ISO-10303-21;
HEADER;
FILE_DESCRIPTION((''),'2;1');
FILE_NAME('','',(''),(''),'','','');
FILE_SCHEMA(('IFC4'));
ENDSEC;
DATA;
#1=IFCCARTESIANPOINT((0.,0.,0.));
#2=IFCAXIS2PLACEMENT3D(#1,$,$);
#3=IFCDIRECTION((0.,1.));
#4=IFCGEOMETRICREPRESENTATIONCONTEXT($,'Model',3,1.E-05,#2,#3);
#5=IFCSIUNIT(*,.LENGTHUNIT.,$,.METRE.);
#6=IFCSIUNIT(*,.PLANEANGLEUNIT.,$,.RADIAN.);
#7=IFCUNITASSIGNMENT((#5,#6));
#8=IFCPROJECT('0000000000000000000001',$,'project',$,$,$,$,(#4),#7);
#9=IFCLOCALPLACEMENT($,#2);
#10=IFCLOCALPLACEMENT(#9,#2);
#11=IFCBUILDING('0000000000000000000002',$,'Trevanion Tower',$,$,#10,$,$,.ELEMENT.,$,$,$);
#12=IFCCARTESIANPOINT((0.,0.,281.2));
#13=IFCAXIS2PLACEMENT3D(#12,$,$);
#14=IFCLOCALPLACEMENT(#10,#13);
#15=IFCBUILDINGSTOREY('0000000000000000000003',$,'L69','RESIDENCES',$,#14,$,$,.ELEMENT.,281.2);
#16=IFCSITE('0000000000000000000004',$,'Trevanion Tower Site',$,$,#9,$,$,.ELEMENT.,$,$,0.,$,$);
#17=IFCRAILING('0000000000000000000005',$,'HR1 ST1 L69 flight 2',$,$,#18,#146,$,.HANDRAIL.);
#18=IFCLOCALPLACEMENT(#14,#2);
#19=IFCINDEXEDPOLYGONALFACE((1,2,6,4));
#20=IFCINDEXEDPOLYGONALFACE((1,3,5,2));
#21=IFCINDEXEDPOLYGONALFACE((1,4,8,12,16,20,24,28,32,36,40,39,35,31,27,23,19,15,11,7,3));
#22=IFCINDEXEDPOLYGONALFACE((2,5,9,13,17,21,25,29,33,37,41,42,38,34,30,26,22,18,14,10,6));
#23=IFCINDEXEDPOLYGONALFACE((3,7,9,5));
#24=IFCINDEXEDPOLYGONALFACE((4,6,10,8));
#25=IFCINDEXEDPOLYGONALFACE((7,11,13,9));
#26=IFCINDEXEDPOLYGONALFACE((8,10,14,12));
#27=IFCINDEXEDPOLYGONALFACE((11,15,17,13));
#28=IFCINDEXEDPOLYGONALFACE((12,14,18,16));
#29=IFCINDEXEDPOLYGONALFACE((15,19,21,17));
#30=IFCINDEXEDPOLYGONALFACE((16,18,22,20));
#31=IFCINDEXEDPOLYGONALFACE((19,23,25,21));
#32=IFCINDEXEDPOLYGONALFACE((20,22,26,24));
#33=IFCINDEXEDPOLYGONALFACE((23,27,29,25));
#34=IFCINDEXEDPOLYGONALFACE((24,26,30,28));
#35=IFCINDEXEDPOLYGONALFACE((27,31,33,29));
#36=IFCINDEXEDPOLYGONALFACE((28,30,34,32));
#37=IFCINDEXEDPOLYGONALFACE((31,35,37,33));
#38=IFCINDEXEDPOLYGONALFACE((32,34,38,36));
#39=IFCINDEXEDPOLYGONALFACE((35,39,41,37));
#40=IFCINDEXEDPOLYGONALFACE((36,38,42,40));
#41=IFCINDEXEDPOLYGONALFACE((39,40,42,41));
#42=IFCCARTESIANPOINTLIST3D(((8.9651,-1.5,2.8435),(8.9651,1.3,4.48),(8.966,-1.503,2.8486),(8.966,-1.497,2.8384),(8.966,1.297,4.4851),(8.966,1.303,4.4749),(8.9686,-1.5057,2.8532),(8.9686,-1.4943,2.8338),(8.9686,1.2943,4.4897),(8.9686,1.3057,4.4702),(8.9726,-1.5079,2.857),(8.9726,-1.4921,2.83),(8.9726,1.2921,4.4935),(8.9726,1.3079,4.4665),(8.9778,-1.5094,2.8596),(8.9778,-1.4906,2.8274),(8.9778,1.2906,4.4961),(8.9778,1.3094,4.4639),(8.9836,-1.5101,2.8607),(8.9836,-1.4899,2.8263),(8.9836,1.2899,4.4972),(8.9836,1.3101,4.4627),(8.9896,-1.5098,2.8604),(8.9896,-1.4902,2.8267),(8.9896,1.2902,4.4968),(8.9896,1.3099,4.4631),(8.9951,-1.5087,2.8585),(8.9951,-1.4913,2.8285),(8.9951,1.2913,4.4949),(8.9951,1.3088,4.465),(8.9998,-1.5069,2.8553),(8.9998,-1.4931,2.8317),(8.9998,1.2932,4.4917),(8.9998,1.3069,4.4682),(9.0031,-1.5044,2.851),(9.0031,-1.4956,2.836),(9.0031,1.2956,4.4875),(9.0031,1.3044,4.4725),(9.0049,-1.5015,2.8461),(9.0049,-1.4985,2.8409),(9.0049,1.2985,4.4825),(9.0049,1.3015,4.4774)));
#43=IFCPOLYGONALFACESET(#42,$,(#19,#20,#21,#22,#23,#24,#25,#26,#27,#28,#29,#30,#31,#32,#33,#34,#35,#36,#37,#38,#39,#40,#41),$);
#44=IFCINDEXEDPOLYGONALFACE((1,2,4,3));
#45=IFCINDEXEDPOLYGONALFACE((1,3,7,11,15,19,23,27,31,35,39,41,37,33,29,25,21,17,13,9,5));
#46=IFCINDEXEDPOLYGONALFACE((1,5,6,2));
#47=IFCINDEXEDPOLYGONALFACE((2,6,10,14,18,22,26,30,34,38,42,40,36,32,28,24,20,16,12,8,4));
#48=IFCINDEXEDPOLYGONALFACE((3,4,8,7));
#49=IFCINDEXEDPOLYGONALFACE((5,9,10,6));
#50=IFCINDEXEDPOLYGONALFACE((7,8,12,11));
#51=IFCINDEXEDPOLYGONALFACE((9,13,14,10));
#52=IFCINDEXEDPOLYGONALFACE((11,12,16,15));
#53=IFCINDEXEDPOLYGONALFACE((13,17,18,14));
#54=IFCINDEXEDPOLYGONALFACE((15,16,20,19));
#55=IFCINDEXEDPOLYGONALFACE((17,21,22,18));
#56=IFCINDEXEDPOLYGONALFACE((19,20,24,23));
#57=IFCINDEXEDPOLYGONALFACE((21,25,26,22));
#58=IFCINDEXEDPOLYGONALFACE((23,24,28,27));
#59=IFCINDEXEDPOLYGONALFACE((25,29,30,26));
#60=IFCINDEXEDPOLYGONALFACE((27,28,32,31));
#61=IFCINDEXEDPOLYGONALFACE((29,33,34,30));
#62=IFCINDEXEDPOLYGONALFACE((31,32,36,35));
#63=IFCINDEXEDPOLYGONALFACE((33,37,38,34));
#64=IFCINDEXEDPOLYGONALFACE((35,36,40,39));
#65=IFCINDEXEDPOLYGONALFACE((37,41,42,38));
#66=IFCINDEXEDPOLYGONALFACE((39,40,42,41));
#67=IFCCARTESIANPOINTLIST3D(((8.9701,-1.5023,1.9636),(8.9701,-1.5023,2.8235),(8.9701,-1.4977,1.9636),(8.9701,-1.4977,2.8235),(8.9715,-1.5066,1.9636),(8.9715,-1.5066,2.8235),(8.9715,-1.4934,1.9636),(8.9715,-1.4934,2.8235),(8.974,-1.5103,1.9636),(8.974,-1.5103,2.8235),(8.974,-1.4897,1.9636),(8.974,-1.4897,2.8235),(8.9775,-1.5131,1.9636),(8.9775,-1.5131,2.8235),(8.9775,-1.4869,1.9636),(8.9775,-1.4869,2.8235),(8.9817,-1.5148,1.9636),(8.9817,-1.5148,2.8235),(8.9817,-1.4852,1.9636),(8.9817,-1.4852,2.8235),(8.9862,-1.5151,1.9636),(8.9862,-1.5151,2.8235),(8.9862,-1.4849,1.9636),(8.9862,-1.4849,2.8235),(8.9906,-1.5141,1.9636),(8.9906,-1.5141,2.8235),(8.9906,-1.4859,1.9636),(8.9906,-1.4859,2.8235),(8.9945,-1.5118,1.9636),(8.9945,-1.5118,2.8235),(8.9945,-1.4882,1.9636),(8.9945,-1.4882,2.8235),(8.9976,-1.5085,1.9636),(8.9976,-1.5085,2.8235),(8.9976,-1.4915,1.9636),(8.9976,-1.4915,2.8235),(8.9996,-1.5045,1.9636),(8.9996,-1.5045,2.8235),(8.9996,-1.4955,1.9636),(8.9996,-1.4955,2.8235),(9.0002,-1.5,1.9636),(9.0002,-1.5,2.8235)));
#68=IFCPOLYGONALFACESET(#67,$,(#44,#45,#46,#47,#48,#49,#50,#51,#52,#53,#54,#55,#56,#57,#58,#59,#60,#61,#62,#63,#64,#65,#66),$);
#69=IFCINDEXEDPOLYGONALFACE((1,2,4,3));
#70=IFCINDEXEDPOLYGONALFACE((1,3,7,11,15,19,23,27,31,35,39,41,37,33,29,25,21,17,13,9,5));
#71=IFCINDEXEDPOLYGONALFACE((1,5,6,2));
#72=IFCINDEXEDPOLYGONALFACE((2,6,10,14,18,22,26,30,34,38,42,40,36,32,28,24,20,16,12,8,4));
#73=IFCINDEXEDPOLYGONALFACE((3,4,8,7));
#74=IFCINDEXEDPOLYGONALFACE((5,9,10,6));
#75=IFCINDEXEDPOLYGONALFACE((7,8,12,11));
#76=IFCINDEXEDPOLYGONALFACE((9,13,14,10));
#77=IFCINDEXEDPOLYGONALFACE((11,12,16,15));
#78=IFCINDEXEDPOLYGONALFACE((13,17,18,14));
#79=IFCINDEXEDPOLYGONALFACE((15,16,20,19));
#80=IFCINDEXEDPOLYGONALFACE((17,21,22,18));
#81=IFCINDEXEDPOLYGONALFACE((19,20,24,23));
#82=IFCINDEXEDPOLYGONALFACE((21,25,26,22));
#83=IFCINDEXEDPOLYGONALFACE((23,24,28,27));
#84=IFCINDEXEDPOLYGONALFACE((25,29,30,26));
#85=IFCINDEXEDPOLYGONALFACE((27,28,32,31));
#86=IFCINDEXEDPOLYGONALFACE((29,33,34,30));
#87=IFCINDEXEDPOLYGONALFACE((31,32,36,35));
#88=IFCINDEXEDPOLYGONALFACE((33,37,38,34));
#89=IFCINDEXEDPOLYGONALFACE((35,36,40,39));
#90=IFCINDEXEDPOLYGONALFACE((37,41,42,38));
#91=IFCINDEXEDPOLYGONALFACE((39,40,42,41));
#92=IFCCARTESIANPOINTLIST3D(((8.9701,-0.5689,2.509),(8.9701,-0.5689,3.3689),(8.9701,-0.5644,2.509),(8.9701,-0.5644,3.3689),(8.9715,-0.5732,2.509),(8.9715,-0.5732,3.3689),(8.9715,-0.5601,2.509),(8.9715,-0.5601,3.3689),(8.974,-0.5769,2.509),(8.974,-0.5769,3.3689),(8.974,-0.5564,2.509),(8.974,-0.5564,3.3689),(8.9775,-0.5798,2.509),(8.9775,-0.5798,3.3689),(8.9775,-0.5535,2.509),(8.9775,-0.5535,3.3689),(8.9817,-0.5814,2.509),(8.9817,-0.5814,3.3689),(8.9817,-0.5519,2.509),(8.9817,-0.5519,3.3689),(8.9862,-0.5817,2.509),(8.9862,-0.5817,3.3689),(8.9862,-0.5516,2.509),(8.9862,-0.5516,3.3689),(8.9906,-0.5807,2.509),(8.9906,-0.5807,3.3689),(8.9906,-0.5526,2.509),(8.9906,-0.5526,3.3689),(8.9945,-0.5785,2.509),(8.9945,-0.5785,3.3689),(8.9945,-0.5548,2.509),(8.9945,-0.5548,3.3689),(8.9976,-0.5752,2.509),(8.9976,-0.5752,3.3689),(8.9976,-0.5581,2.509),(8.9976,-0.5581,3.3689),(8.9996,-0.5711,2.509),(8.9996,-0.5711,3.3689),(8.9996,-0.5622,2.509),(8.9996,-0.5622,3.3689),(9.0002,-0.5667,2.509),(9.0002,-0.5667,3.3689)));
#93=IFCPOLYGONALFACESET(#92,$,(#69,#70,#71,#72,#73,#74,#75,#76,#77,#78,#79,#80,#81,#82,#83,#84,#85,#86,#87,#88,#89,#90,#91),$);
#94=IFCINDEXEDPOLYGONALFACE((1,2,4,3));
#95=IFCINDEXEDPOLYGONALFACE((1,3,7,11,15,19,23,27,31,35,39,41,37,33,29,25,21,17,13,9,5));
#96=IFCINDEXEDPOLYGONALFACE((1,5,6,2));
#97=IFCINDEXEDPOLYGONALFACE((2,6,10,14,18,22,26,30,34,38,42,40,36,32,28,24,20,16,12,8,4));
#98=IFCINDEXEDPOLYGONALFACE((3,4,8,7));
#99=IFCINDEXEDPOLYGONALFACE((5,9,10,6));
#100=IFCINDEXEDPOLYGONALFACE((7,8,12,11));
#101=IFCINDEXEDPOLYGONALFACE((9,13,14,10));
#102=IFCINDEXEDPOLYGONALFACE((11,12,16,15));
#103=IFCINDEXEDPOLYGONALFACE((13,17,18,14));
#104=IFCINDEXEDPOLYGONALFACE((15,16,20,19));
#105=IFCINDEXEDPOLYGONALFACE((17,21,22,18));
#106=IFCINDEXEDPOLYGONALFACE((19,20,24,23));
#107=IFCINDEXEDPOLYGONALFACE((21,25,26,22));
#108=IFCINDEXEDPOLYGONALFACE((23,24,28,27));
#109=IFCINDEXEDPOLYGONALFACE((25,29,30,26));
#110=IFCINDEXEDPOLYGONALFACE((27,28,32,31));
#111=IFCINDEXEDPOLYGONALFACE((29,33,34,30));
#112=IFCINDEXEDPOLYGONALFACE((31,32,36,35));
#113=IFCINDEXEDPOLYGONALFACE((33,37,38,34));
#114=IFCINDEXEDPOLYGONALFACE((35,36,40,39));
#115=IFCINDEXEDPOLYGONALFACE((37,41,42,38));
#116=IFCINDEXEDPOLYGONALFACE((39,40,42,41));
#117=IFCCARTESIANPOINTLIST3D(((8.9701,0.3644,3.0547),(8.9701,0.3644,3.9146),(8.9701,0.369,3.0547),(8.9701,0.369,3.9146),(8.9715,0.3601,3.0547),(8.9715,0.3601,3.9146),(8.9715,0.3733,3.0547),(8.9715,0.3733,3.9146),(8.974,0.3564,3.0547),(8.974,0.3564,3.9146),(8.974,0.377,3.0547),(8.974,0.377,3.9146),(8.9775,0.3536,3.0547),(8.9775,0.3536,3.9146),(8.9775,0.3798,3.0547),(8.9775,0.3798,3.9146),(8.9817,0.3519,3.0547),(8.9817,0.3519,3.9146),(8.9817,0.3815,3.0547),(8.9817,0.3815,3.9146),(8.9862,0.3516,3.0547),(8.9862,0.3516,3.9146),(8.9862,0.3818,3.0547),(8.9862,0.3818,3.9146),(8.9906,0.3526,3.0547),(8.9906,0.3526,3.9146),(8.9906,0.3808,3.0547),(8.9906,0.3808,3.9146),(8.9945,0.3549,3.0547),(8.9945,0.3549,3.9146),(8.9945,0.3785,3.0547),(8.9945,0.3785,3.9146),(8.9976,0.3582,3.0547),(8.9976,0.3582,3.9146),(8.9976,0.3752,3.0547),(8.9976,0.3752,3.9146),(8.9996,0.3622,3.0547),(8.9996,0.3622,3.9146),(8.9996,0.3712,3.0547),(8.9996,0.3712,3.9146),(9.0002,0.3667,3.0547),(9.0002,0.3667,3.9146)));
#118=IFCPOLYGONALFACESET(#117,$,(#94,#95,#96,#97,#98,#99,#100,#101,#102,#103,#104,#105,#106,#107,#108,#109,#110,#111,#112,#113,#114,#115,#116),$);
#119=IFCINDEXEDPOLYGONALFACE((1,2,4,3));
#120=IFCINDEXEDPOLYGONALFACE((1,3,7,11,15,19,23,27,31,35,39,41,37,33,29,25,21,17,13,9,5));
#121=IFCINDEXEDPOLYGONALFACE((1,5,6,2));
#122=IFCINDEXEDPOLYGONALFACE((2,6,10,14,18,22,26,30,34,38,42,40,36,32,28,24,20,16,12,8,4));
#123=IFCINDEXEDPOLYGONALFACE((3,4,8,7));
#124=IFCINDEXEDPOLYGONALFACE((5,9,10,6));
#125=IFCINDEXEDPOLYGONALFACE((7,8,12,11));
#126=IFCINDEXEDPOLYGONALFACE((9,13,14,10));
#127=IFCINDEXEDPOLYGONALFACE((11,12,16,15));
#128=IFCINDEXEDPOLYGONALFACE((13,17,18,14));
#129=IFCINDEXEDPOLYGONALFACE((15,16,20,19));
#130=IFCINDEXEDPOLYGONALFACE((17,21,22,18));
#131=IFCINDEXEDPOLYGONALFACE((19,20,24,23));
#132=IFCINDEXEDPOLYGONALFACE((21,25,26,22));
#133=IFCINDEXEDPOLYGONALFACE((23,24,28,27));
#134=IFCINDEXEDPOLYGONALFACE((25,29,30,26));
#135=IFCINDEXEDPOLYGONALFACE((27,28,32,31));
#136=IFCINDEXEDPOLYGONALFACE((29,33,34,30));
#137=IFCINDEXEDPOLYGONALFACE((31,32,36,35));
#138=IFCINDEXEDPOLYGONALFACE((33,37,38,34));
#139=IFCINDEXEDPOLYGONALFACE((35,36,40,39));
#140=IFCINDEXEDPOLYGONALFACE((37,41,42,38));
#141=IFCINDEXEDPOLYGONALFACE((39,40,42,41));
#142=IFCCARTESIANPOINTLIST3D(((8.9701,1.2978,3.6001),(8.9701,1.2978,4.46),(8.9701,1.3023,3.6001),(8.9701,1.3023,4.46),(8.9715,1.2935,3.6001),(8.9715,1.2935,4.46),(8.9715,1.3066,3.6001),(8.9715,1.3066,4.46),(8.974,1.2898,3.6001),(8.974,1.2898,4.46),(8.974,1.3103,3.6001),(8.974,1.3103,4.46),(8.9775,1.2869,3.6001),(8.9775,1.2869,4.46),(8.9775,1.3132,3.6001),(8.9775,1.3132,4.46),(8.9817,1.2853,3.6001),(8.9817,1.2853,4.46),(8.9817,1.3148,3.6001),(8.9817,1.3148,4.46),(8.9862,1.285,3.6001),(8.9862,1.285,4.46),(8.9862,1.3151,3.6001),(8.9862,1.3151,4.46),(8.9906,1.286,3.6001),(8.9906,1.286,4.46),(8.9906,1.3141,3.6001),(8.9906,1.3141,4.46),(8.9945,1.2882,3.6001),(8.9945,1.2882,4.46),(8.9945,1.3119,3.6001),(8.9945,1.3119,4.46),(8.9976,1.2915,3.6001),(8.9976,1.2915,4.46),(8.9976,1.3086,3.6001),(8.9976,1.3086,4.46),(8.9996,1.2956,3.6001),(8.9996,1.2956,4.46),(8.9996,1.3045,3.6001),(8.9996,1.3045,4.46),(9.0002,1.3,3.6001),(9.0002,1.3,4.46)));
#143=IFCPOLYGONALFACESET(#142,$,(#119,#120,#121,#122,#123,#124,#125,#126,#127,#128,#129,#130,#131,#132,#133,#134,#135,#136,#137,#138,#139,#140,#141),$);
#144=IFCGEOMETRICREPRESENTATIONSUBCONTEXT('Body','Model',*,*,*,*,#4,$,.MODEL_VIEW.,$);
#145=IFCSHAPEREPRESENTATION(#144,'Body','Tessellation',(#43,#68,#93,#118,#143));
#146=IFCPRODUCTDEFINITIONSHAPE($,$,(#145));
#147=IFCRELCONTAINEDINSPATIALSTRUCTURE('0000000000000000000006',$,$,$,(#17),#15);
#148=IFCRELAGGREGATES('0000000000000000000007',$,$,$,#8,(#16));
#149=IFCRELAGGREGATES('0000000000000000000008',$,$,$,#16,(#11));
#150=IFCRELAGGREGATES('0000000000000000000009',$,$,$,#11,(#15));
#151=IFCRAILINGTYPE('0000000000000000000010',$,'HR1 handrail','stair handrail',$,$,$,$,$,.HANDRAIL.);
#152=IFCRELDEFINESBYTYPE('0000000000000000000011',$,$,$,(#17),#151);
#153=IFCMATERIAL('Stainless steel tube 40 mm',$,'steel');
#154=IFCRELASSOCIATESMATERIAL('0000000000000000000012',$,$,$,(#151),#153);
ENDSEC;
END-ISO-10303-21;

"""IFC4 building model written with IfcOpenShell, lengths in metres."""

from ifc_helpers import new_model, si_unit, direction, frame, origin, origin_2d, place, context, subcontext, project, spatial, circle, extrude, material, type_object, element, save


model = new_model("IFC4")

# Units and contexts
model_context = context("Model", 3, precision=1e-05, world=origin(), true_north=direction((0.0, 1.0)))
body_context = subcontext(model_context, "Body", "Model", "MODEL_VIEW")
ifc_project = project(units=[si_unit("LENGTHUNIT", "METRE"), si_unit("PLANEANGLEUNIT", "RADIAN")], contexts=[model_context])

# Site, building, storey
site_placement = place(None, origin())
site = spatial("IfcSite", under=ifc_project, at=site_placement, Name="Trevanion Tower Site", CompositionType="ELEMENT", RefElevation=0.0)
building_placement = place(site_placement, origin())
building = spatial("IfcBuilding", under=site, at=building_placement, Name="Trevanion Tower", CompositionType="ELEMENT")
storey_placement = place(building_placement, frame((0.0, 0.0, 281.2)))
storey = spatial("IfcBuildingStorey", under=building, at=storey_placement, Name="L69", Description="RESIDENCES", CompositionType="ELEMENT", Elevation=281.2)

# Railing
ifc_material_1 = material(Name="Stainless steel tube 40 mm", Category="steel")
railing_type = type_object("IfcRailingType", Name="HR1 handrail", Description="stair handrail", PredefinedType="HANDRAIL", material=ifc_material_1)
for number, where, name in (
    (1, (8.9851, -1.5, 1.9636), "HR1 ST1 L69 flight 2"),
):
    element("IfcRailing", number, at=place(storey_placement, frame(where)), inside=storey, type_object=railing_type, Name=name, PredefinedType="HANDRAIL", context=body_context, shape_type="SweptSolid", body=[
        extrude(circle(Radius=0.02, at=origin_2d()), frame((0.0, 0.0, 0.8799), z_axis=(0.0, 0.863361, 0.504587), x_axis=(-1.0, 0.0, 0.0)), (0.0, 0.0, 1.0), 3.2432),
        extrude(circle(Radius=0.0151, at=origin_2d()), origin(), (0.0, 0.0, 1.0), 0.8599),
        extrude(circle(Radius=0.0151, at=origin_2d()), frame((0.0, 0.9333, 0.5454)), (0.0, 0.0, 1.0), 0.8599),
        extrude(circle(Radius=0.0151, at=origin_2d()), frame((0.0, 1.8667, 1.0911)), (0.0, 0.0, 1.0), 0.8599),
        extrude(circle(Radius=0.0151, at=origin_2d()), frame((0.0, 2.8, 1.6365)), (0.0, 0.0, 1.0), 0.8599),
    ])

save(model, "model.ifc")
